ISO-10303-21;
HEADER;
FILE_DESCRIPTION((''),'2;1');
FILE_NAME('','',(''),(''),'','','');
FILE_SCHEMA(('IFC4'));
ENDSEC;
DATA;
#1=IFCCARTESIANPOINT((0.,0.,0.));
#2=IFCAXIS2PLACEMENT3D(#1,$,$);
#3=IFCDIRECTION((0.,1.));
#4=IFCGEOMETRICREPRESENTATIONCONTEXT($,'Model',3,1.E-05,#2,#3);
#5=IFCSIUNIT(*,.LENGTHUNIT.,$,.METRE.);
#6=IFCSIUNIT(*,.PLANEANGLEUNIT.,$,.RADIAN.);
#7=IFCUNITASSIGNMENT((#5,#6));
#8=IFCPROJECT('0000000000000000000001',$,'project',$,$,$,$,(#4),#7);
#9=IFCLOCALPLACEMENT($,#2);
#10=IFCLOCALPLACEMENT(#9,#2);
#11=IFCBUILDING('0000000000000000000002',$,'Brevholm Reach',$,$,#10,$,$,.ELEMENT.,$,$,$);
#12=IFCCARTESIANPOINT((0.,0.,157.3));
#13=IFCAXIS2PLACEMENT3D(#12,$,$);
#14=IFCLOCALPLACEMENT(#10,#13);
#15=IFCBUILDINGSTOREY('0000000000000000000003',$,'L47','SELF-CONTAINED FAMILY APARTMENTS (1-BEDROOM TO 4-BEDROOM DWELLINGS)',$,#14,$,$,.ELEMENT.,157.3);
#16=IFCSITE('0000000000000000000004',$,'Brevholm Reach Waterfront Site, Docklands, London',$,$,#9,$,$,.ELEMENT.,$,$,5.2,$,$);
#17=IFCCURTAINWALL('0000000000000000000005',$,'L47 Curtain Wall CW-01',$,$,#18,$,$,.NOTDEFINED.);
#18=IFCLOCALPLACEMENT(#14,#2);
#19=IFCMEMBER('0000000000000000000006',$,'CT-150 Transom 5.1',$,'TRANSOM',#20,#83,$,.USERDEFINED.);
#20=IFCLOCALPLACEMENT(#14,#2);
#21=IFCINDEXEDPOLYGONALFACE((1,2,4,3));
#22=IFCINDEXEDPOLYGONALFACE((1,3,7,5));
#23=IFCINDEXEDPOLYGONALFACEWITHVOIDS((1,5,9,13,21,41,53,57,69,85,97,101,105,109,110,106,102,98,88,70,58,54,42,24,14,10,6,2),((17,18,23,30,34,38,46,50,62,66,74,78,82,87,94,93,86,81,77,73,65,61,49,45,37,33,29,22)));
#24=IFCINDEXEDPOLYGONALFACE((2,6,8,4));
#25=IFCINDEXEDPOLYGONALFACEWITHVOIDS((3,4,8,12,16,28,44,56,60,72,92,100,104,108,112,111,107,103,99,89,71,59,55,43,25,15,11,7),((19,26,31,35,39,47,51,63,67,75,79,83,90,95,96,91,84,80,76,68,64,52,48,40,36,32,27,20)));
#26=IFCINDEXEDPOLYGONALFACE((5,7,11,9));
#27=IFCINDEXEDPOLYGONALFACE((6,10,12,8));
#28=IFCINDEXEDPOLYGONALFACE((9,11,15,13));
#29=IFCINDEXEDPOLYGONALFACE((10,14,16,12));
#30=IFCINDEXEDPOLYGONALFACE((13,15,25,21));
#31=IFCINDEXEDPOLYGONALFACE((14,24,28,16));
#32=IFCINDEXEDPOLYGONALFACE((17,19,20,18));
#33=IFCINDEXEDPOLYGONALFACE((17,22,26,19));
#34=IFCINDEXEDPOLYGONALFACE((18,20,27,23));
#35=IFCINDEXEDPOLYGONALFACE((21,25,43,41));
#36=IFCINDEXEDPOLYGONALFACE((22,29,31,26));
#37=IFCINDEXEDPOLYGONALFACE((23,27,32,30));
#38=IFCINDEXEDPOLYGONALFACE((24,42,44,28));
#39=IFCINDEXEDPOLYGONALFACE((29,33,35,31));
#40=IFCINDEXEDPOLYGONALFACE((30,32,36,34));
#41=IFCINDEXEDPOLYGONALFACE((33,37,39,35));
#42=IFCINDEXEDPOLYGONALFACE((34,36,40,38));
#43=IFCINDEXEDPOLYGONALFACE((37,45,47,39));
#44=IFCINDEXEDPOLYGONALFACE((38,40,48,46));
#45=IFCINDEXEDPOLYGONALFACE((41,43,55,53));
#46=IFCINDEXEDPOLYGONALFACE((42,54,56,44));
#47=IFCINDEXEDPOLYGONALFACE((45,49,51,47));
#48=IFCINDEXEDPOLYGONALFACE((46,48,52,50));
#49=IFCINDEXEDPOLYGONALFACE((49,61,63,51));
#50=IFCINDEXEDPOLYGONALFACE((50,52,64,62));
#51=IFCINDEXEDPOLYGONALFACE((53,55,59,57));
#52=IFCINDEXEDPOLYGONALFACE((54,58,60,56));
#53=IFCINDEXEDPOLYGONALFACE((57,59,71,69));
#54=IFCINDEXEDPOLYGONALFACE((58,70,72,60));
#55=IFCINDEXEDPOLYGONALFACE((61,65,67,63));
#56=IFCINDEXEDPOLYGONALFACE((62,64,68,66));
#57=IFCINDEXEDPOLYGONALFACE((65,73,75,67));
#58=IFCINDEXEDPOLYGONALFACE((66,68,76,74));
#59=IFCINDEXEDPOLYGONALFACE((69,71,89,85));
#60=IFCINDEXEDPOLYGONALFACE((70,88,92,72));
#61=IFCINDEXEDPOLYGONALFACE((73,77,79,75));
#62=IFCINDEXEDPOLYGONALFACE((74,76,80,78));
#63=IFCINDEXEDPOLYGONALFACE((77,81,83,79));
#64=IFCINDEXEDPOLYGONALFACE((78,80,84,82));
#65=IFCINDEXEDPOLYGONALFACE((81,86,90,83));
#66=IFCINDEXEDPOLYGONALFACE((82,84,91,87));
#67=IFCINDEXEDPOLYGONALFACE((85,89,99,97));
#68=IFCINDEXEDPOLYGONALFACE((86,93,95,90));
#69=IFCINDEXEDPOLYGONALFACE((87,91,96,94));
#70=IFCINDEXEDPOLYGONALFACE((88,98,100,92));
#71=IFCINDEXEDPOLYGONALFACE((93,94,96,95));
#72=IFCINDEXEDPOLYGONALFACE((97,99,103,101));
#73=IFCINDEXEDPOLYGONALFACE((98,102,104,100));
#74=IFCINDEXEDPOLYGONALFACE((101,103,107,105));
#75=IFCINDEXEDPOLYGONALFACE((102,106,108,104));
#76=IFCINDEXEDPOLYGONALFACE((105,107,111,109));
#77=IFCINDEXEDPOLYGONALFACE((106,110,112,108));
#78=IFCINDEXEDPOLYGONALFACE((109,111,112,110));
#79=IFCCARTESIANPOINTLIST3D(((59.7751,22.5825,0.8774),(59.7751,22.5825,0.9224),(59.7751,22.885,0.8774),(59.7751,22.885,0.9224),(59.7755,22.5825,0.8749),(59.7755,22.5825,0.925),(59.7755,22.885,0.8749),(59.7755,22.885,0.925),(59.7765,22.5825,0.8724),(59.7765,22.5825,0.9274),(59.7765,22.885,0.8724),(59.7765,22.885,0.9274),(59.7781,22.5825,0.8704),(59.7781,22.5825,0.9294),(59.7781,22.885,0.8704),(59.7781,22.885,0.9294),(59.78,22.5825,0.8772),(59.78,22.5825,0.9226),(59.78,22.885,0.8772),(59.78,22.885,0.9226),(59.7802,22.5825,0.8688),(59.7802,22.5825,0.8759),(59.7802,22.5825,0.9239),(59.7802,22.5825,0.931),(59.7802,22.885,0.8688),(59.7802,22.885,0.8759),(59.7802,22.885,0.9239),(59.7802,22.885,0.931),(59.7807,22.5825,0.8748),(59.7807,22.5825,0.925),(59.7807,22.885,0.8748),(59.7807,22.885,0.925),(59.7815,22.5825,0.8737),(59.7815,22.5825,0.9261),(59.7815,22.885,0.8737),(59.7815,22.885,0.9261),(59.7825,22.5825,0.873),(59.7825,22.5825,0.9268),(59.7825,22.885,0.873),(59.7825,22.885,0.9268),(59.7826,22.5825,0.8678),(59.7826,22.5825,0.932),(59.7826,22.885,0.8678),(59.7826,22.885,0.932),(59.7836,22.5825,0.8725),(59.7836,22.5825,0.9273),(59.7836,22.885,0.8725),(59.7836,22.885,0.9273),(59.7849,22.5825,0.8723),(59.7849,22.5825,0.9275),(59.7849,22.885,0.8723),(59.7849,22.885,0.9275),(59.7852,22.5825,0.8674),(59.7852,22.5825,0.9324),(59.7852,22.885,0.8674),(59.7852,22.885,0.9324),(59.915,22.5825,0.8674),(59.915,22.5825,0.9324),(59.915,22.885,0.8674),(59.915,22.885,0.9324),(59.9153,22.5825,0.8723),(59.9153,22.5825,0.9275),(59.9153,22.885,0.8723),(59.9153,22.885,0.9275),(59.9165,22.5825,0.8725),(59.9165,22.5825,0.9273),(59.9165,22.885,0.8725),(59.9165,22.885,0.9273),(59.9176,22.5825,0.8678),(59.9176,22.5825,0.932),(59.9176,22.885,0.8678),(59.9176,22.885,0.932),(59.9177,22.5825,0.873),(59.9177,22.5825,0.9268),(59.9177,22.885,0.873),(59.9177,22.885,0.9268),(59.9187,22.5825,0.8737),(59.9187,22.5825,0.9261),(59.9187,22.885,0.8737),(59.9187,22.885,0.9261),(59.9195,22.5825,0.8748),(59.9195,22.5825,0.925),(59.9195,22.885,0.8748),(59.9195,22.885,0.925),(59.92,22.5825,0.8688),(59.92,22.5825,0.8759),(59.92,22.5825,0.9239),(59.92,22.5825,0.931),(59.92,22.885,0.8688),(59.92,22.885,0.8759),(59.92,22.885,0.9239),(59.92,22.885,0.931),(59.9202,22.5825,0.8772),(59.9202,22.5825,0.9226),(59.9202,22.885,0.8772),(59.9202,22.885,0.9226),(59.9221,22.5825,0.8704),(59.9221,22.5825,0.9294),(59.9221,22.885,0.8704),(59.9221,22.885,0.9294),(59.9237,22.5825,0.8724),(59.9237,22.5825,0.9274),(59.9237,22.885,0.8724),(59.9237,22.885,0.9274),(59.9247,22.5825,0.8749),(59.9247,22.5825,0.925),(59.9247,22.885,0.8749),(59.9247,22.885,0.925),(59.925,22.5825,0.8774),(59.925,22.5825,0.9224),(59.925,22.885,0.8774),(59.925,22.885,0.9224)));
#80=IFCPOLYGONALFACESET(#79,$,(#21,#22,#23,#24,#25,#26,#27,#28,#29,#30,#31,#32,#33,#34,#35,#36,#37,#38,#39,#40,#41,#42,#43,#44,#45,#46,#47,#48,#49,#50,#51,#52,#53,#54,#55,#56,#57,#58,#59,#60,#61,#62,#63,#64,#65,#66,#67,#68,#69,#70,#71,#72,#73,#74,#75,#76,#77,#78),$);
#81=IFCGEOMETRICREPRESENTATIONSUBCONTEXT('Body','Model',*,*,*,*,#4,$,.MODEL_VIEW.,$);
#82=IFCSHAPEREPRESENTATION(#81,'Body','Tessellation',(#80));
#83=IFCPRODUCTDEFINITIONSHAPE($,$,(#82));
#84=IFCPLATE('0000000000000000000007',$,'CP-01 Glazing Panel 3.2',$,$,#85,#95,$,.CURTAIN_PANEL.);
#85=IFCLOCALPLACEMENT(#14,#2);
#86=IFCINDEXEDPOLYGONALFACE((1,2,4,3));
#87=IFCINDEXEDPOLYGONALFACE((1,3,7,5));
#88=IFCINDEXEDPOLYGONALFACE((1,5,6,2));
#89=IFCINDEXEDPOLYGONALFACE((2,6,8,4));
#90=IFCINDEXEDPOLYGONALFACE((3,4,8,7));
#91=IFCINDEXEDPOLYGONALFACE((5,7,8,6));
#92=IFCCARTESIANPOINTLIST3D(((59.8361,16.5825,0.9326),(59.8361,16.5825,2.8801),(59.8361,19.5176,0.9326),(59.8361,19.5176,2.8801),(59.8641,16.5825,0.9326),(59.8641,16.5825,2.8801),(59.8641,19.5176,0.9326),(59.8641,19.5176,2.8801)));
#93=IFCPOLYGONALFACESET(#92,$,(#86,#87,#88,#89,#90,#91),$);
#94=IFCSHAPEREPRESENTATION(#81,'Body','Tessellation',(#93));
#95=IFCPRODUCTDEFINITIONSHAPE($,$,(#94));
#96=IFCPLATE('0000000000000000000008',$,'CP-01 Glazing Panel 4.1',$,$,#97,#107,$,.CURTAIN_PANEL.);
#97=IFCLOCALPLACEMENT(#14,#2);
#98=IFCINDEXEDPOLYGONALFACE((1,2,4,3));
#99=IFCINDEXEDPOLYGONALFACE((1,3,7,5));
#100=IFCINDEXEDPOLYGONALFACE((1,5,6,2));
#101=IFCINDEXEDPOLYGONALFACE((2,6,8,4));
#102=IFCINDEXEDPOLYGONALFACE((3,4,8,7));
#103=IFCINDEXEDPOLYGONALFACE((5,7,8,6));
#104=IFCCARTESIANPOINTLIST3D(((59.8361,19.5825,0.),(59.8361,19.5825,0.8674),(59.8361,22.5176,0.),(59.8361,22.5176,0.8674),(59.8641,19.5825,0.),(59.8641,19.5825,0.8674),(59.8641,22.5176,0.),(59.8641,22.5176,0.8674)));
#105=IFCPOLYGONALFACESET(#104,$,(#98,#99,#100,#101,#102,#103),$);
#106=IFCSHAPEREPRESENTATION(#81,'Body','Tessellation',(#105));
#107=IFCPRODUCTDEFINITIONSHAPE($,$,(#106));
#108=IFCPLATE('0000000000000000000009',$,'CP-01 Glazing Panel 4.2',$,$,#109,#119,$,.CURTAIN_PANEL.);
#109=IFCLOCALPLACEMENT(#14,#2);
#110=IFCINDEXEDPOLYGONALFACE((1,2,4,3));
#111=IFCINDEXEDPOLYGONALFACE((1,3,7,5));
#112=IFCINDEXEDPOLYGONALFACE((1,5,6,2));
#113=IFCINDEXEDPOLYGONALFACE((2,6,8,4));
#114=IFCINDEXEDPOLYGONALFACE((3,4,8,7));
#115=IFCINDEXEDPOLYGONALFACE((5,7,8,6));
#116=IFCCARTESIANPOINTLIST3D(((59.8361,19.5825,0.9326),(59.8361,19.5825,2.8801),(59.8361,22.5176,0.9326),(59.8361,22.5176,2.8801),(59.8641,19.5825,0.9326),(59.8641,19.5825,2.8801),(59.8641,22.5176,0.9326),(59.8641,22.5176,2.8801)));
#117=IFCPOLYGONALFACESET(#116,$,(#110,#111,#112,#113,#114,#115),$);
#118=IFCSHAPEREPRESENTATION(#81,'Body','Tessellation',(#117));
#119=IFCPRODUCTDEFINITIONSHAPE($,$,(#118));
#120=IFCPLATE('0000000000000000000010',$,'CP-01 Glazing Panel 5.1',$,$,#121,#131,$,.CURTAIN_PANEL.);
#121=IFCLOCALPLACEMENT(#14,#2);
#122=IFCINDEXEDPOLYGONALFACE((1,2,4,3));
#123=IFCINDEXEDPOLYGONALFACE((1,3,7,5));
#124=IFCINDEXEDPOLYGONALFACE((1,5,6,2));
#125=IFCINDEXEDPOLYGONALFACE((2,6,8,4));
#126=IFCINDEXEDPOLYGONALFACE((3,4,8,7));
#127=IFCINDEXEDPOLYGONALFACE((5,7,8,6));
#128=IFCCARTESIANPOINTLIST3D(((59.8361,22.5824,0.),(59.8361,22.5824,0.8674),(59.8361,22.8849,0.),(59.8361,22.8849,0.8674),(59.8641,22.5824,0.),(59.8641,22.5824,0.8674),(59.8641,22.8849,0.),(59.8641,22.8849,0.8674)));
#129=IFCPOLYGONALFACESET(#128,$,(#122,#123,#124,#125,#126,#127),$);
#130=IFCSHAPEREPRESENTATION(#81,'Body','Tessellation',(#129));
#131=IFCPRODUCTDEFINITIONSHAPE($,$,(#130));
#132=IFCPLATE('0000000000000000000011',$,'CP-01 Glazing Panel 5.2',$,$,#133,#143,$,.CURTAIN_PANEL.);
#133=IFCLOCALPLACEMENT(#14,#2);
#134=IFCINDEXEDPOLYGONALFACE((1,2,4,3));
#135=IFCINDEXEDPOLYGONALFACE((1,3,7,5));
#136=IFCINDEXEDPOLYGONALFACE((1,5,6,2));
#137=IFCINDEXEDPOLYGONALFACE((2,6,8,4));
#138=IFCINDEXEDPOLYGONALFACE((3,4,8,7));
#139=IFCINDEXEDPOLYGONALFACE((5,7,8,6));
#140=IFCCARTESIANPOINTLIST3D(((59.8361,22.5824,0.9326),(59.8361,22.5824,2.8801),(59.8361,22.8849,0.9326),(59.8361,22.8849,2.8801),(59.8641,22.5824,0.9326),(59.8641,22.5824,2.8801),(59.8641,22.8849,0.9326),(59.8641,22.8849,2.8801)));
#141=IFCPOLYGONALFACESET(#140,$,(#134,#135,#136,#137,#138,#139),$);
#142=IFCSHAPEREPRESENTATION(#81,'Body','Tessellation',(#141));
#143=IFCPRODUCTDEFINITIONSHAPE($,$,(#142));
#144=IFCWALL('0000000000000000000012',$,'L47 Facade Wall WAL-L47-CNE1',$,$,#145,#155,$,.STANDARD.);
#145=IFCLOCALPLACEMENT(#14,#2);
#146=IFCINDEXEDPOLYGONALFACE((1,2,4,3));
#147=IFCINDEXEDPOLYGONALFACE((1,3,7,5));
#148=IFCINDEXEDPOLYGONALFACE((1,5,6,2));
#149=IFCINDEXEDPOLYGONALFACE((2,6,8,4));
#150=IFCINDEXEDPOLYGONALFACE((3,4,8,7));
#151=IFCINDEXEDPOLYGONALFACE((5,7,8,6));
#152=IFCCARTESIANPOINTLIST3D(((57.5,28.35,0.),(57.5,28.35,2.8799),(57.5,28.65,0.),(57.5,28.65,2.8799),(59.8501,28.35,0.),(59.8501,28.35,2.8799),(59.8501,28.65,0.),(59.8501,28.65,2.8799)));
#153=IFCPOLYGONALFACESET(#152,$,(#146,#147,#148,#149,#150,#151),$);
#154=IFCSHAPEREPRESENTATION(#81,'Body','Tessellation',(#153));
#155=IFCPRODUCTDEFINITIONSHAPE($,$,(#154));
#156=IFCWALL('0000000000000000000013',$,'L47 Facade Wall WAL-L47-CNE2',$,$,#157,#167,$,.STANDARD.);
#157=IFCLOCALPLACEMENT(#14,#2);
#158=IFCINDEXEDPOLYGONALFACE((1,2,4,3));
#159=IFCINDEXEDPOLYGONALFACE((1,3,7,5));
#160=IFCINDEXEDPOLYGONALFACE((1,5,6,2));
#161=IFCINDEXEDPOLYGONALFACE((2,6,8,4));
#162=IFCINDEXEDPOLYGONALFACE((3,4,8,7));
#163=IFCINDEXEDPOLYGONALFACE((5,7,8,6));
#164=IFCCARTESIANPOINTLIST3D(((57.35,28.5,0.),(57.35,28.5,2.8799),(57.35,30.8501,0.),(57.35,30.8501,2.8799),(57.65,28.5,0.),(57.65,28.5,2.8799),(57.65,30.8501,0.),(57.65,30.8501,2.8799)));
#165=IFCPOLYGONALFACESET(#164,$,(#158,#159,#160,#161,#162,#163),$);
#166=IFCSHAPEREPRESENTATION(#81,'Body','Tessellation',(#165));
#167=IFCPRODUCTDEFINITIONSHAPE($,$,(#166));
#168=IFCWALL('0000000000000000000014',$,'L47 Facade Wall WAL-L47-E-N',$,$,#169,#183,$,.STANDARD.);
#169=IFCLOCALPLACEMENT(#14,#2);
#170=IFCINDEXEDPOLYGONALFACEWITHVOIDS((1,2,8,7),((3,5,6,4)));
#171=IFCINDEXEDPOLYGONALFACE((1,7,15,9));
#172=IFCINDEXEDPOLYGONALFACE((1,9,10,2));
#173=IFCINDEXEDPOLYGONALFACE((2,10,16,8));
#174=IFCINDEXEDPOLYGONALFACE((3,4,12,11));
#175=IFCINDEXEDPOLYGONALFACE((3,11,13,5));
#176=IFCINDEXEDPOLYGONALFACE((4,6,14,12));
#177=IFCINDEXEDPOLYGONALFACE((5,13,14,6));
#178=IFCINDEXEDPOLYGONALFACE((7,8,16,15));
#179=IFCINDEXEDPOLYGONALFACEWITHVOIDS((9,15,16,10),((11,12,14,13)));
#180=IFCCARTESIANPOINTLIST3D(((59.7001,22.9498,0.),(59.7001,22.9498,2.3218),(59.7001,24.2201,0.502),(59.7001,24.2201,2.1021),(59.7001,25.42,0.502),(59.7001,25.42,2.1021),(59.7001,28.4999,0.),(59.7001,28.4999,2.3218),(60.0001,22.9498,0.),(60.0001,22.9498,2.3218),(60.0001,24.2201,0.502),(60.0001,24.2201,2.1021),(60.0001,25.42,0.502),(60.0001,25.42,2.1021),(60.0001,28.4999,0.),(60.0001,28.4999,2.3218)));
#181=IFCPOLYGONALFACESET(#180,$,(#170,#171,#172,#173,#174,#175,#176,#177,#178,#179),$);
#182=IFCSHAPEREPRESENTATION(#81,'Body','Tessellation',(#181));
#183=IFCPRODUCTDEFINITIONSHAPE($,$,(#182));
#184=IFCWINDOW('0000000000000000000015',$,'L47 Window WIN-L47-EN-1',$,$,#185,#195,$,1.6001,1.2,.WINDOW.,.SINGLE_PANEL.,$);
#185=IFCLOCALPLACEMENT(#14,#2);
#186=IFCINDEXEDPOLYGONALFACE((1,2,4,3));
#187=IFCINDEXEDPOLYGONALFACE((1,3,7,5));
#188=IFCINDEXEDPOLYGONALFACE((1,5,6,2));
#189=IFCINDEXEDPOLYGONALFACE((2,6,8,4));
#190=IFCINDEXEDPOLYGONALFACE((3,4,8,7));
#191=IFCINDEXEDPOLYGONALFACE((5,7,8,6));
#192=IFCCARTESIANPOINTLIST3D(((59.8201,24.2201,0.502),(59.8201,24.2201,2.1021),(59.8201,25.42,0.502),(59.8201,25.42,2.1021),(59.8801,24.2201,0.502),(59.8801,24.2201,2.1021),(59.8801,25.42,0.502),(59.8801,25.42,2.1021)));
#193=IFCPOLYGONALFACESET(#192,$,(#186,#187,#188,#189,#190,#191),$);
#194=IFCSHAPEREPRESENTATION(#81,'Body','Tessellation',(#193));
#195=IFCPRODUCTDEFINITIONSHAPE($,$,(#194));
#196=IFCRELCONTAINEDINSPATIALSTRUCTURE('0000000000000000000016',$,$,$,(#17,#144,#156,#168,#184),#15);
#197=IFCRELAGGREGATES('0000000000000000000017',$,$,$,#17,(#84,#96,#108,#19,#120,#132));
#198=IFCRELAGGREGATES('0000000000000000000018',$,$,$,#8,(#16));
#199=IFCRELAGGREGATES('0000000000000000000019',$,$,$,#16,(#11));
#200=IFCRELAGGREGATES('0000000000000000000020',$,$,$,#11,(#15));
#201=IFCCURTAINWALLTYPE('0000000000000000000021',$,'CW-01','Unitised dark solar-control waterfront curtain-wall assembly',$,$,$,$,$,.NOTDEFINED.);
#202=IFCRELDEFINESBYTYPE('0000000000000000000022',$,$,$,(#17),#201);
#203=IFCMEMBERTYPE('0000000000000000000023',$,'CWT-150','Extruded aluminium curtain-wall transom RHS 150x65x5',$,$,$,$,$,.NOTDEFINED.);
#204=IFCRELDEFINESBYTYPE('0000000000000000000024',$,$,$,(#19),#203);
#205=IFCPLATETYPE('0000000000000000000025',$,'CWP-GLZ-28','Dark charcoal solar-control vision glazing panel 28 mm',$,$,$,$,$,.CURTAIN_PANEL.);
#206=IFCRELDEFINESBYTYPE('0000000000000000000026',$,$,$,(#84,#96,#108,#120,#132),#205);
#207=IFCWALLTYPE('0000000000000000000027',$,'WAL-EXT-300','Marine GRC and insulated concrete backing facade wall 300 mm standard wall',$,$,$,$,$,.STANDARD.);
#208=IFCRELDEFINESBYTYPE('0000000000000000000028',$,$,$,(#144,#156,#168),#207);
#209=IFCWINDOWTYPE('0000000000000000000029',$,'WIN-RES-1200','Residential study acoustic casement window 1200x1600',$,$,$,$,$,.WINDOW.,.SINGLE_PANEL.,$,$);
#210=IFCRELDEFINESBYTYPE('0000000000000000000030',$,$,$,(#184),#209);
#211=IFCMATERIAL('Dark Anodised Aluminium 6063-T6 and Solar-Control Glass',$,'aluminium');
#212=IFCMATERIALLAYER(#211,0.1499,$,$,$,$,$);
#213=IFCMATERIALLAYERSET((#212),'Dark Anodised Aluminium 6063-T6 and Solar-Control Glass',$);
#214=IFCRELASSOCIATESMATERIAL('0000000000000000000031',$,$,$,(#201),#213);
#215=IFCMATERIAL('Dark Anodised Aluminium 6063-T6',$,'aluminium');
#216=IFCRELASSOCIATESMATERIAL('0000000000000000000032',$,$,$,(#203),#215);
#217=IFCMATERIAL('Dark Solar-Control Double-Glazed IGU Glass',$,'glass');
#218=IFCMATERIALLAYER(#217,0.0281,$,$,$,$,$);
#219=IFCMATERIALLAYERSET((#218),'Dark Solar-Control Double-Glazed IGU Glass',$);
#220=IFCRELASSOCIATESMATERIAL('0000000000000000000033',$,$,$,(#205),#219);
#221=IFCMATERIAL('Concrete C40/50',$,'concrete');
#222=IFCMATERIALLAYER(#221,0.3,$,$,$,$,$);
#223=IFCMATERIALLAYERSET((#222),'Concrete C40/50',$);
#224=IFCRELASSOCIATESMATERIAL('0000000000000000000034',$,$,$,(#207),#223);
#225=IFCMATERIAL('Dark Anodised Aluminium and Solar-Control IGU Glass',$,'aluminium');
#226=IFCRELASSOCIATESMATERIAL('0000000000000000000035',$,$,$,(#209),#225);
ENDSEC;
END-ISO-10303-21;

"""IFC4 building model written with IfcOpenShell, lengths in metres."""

from ifc_helpers import new_model, si_unit, direction, frame, frame_2d, origin, origin_2d, place, context, subcontext, project, spatial, rectangle, hollow_rectangle, extrude, material, layer, layer_set, material_profile, profile_set, type_object, element, fill, aggregate, save


model = new_model("IFC4")

# Units and contexts
model_context = context("Model", 3, precision=1e-05, world=origin(), true_north=direction((0.0, 1.0)))
body_context = subcontext(model_context, "Body", "Model", "MODEL_VIEW")
ifc_project = project(units=[si_unit("LENGTHUNIT", "METRE"), si_unit("PLANEANGLEUNIT", "RADIAN")], contexts=[model_context])

# Site, building, storey
site_placement = place(None, origin())
site = spatial("IfcSite", under=ifc_project, at=site_placement, Name="Brevholm Reach Waterfront Site, Docklands, London", CompositionType="ELEMENT", RefElevation=5.2)
building_placement = place(site_placement, origin())
building = spatial("IfcBuilding", under=site, at=building_placement, Name="Brevholm Reach", CompositionType="ELEMENT")
storey_placement = place(building_placement, frame((0.0, 0.0, 157.3)))
storey = spatial("IfcBuildingStorey", under=building, at=storey_placement, Name="L47", Description="SELF-CONTAINED FAMILY APARTMENTS (1-BEDROOM TO 4-BEDROOM DWELLINGS)", CompositionType="ELEMENT", Elevation=157.3)

# Curtain wall, member, plates
ifc_material_1 = material(Name="Dark Anodised Aluminium 6063-T6 and Solar-Control Glass", Category="aluminium")
ifc_layer_1 = layer(ifc_material_1, 0.1499)
ifc_layer_set_1 = layer_set([ifc_layer_1], Name="Dark Anodised Aluminium 6063-T6 and Solar-Control Glass")
curtain_wall_type = type_object("IfcCurtainWallType", Name="CW-01", Description="Unitised dark solar-control waterfront curtain-wall assembly", PredefinedType="NOTDEFINED", material=ifc_layer_set_1)
curtain_wall_placement = place(storey_placement, origin())
curtain_wall = element("IfcCurtainWall", 1, at=curtain_wall_placement, inside=storey, type_object=curtain_wall_type, Name="L47 Curtain Wall CW-01", PredefinedType="NOTDEFINED")
ifc_material_2 = material(Name="Dark Anodised Aluminium 6063-T6", Category="aluminium")
ifc_material_profile_1 = material_profile(ifc_material_2, hollow_rectangle(XDim=0.0649, YDim=0.1499, WallThickness=0.0049, InnerFilletRadius=0.0049, OuterFilletRadius=0.01, at=origin_2d()), Name="RHS 150x65x5")
ifc_profile_set_1 = profile_set([ifc_material_profile_1], Name="Dark Anodised Aluminium 6063-T6")
member_type_1 = type_object("IfcMemberType", Name="CWT-150", Description="Extruded aluminium curtain-wall transom RHS 150x65x5", PredefinedType="NOTDEFINED", material=ifc_profile_set_1)
member_1_placement = place(storey_placement, frame((59.8501, 22.5825, 0.8999), z_axis=(0.0, 1.0, 0.0), x_axis=(0.0, 0.0, 1.0)))
member_1 = element("IfcMember", 2, at=member_1_placement, type_object=member_type_1, Name="CT-150 Transom 5.1", ObjectType="TRANSOM", PredefinedType="USERDEFINED", context=body_context, shape_type="SweptSolid", body=[
    extrude(hollow_rectangle(XDim=0.0649, YDim=0.1499, WallThickness=0.0049, InnerFilletRadius=0.0049, OuterFilletRadius=0.01, at=origin_2d()), origin(), (0.0, 0.0, 1.0), 0.3025),
])
ifc_material_3 = material(Name="Dark Solar-Control Double-Glazed IGU Glass", Category="glass")
ifc_layer_2 = layer(ifc_material_3, 0.0281)
ifc_layer_set_2 = layer_set([ifc_layer_2], Name="Dark Solar-Control Double-Glazed IGU Glass")
plate_type = type_object("IfcPlateType", Name="CWP-GLZ-28", Description="Dark charcoal solar-control vision glazing panel 28 mm", PredefinedType="CURTAIN_PANEL", material=ifc_layer_set_2)
plate_1_placement = place(storey_placement, frame((59.8501, 18.05, 0.9326), z_axis=(0.0, 0.0, 1.0), x_axis=(0.0, 1.0, 0.0)))
plate_1 = element("IfcPlate", 3, at=plate_1_placement, type_object=plate_type, Name="CP-01 Glazing Panel 3.2", PredefinedType="CURTAIN_PANEL", context=body_context, shape_type="SweptSolid", body=[
    extrude(rectangle(XDim=2.9351, YDim=0.0281, at=origin_2d()), origin(), (0.0, 0.0, 1.0), 1.9475),
])
plate_2_placement = place(storey_placement, frame((59.8501, 21.05, 0.0), z_axis=(0.0, 0.0, 1.0), x_axis=(0.0, 1.0, 0.0)))
plate_2 = element("IfcPlate", 4, at=plate_2_placement, type_object=plate_type, Name="CP-01 Glazing Panel 4.1", PredefinedType="CURTAIN_PANEL", context=body_context, shape_type="SweptSolid", body=[
    extrude(rectangle(XDim=2.9351, YDim=0.0281, at=origin_2d()), origin(), (0.0, 0.0, 1.0), 0.8674),
])
plate_3_placement = place(storey_placement, frame((59.8501, 21.05, 0.9326), z_axis=(0.0, 0.0, 1.0), x_axis=(0.0, 1.0, 0.0)))
plate_3 = element("IfcPlate", 5, at=plate_3_placement, type_object=plate_type, Name="CP-01 Glazing Panel 4.2", PredefinedType="CURTAIN_PANEL", context=body_context, shape_type="SweptSolid", body=[
    extrude(rectangle(XDim=2.9351, YDim=0.0281, at=origin_2d()), origin(), (0.0, 0.0, 1.0), 1.9475),
])
plate_4_placement = place(storey_placement, frame((59.8501, 22.7336, 0.0), z_axis=(0.0, 0.0, 1.0), x_axis=(0.0, 1.0, 0.0)))
plate_4 = element("IfcPlate", 6, at=plate_4_placement, type_object=plate_type, Name="CP-01 Glazing Panel 5.1", PredefinedType="CURTAIN_PANEL", context=body_context, shape_type="SweptSolid", body=[
    extrude(rectangle(XDim=0.3025, YDim=0.0281, at=origin_2d()), origin(), (0.0, 0.0, 1.0), 0.8674),
])
plate_5_placement = place(storey_placement, frame((59.8501, 22.7336, 0.9326), z_axis=(0.0, 0.0, 1.0), x_axis=(0.0, 1.0, 0.0)))
plate_5 = element("IfcPlate", 7, at=plate_5_placement, type_object=plate_type, Name="CP-01 Glazing Panel 5.2", PredefinedType="CURTAIN_PANEL", context=body_context, shape_type="SweptSolid", body=[
    extrude(rectangle(XDim=0.3025, YDim=0.0281, at=origin_2d()), origin(), (0.0, 0.0, 1.0), 1.9475),
])
aggregate(curtain_wall, [plate_1, plate_2, plate_3, member_1, plate_4, plate_5])

# Walls
ifc_material_4 = material(Name="Concrete C40/50", Category="concrete")
ifc_layer_3 = layer(ifc_material_4, 0.3)
ifc_layer_set_3 = layer_set([ifc_layer_3], Name="Concrete C40/50")
wall_type_1 = type_object("IfcWallType", Name="WAL-EXT-300", Description="Marine GRC and insulated concrete backing facade wall 300 mm standard wall", PredefinedType="STANDARD", material=ifc_layer_set_3)
for number, where, z_axis, x_axis, name in (
    (8, (59.8501, 28.5, 0.0), (0.0, 0.0, 1.0), (-1.0, 0.0, 0.0), "L47 Facade Wall WAL-L47-CNE1"),
    (9, (57.5, 28.5, 0.0), (0.0, 0.0, 1.0), (0.0, 1.0, 0.0), "L47 Facade Wall WAL-L47-CNE2"),
):
    element("IfcWall", number, at=place(storey_placement, frame(where, z_axis=z_axis, x_axis=x_axis)), inside=storey, type_object=wall_type_1, Name=name, PredefinedType="STANDARD", context=body_context, shape_type="SweptSolid", body=[
        extrude(rectangle(XDim=2.3501, YDim=0.3, at=frame_2d((1.175, 0.0))), origin(), (0.0, 0.0, 1.0), 2.8799),
    ])

# Wall, opening, window
wall_1_placement = place(storey_placement, frame((59.8501, 22.95, 0.0), z_axis=(0.0, 0.0, 1.0), x_axis=(0.0, 1.0, 0.0)))
wall_1 = element("IfcWall", 10, at=wall_1_placement, inside=storey, type_object=wall_type_1, Name="L47 Facade Wall WAL-L47-E-N", PredefinedType="STANDARD", context=body_context, shape_type="SweptSolid", body=[
    extrude(rectangle(XDim=5.55, YDim=0.3, at=frame_2d((2.7749, 0.0))), origin(), (0.0, 0.0, 1.0), 2.3218),
])
opening_1_placement = place(wall_1_placement, frame((1.27, 0.0, 0.502)))
opening_1 = element("IfcOpeningElement", 11, at=opening_1_placement, cuts=wall_1, PredefinedType="OPENING", context=body_context, shape_type="SweptSolid", body=[
    extrude(rectangle(XDim=1.2, YDim=1.6001, at=frame_2d((0.6001, 0.8))), frame((0.0, 0.1599, 0.0), z_axis=(0.0, -1.0, 0.0), x_axis=(1.0, 0.0, 0.0)), (0.0, 0.0, 1.0), 0.3201),
])
ifc_material_5 = material(Name="Dark Anodised Aluminium and Solar-Control IGU Glass", Category="aluminium")
window_type = type_object("IfcWindowType", Name="WIN-RES-1200", Description="Residential study acoustic casement window 1200x1600", PartitioningType="SINGLE_PANEL", PredefinedType="WINDOW", material=ifc_material_5)
window_placement = place(opening_1_placement, origin())
window = element("IfcWindow", 12, at=window_placement, inside=storey, type_object=window_type, Name="L47 Window WIN-L47-EN-1", OverallHeight=1.6001, OverallWidth=1.2, PartitioningType="SINGLE_PANEL", PredefinedType="WINDOW", context=body_context, shape_type="SweptSolid", body=[
    extrude(rectangle(XDim=1.2, YDim=1.6001, at=frame_2d((0.6001, 0.8))), frame((0.0, 0.03, 0.0), z_axis=(0.0, -1.0, 0.0), x_axis=(1.0, 0.0, 0.0)), (0.0, 0.0, 1.0), 0.0601),
])
fill(opening_1, window)

save(model, "model.ifc")
